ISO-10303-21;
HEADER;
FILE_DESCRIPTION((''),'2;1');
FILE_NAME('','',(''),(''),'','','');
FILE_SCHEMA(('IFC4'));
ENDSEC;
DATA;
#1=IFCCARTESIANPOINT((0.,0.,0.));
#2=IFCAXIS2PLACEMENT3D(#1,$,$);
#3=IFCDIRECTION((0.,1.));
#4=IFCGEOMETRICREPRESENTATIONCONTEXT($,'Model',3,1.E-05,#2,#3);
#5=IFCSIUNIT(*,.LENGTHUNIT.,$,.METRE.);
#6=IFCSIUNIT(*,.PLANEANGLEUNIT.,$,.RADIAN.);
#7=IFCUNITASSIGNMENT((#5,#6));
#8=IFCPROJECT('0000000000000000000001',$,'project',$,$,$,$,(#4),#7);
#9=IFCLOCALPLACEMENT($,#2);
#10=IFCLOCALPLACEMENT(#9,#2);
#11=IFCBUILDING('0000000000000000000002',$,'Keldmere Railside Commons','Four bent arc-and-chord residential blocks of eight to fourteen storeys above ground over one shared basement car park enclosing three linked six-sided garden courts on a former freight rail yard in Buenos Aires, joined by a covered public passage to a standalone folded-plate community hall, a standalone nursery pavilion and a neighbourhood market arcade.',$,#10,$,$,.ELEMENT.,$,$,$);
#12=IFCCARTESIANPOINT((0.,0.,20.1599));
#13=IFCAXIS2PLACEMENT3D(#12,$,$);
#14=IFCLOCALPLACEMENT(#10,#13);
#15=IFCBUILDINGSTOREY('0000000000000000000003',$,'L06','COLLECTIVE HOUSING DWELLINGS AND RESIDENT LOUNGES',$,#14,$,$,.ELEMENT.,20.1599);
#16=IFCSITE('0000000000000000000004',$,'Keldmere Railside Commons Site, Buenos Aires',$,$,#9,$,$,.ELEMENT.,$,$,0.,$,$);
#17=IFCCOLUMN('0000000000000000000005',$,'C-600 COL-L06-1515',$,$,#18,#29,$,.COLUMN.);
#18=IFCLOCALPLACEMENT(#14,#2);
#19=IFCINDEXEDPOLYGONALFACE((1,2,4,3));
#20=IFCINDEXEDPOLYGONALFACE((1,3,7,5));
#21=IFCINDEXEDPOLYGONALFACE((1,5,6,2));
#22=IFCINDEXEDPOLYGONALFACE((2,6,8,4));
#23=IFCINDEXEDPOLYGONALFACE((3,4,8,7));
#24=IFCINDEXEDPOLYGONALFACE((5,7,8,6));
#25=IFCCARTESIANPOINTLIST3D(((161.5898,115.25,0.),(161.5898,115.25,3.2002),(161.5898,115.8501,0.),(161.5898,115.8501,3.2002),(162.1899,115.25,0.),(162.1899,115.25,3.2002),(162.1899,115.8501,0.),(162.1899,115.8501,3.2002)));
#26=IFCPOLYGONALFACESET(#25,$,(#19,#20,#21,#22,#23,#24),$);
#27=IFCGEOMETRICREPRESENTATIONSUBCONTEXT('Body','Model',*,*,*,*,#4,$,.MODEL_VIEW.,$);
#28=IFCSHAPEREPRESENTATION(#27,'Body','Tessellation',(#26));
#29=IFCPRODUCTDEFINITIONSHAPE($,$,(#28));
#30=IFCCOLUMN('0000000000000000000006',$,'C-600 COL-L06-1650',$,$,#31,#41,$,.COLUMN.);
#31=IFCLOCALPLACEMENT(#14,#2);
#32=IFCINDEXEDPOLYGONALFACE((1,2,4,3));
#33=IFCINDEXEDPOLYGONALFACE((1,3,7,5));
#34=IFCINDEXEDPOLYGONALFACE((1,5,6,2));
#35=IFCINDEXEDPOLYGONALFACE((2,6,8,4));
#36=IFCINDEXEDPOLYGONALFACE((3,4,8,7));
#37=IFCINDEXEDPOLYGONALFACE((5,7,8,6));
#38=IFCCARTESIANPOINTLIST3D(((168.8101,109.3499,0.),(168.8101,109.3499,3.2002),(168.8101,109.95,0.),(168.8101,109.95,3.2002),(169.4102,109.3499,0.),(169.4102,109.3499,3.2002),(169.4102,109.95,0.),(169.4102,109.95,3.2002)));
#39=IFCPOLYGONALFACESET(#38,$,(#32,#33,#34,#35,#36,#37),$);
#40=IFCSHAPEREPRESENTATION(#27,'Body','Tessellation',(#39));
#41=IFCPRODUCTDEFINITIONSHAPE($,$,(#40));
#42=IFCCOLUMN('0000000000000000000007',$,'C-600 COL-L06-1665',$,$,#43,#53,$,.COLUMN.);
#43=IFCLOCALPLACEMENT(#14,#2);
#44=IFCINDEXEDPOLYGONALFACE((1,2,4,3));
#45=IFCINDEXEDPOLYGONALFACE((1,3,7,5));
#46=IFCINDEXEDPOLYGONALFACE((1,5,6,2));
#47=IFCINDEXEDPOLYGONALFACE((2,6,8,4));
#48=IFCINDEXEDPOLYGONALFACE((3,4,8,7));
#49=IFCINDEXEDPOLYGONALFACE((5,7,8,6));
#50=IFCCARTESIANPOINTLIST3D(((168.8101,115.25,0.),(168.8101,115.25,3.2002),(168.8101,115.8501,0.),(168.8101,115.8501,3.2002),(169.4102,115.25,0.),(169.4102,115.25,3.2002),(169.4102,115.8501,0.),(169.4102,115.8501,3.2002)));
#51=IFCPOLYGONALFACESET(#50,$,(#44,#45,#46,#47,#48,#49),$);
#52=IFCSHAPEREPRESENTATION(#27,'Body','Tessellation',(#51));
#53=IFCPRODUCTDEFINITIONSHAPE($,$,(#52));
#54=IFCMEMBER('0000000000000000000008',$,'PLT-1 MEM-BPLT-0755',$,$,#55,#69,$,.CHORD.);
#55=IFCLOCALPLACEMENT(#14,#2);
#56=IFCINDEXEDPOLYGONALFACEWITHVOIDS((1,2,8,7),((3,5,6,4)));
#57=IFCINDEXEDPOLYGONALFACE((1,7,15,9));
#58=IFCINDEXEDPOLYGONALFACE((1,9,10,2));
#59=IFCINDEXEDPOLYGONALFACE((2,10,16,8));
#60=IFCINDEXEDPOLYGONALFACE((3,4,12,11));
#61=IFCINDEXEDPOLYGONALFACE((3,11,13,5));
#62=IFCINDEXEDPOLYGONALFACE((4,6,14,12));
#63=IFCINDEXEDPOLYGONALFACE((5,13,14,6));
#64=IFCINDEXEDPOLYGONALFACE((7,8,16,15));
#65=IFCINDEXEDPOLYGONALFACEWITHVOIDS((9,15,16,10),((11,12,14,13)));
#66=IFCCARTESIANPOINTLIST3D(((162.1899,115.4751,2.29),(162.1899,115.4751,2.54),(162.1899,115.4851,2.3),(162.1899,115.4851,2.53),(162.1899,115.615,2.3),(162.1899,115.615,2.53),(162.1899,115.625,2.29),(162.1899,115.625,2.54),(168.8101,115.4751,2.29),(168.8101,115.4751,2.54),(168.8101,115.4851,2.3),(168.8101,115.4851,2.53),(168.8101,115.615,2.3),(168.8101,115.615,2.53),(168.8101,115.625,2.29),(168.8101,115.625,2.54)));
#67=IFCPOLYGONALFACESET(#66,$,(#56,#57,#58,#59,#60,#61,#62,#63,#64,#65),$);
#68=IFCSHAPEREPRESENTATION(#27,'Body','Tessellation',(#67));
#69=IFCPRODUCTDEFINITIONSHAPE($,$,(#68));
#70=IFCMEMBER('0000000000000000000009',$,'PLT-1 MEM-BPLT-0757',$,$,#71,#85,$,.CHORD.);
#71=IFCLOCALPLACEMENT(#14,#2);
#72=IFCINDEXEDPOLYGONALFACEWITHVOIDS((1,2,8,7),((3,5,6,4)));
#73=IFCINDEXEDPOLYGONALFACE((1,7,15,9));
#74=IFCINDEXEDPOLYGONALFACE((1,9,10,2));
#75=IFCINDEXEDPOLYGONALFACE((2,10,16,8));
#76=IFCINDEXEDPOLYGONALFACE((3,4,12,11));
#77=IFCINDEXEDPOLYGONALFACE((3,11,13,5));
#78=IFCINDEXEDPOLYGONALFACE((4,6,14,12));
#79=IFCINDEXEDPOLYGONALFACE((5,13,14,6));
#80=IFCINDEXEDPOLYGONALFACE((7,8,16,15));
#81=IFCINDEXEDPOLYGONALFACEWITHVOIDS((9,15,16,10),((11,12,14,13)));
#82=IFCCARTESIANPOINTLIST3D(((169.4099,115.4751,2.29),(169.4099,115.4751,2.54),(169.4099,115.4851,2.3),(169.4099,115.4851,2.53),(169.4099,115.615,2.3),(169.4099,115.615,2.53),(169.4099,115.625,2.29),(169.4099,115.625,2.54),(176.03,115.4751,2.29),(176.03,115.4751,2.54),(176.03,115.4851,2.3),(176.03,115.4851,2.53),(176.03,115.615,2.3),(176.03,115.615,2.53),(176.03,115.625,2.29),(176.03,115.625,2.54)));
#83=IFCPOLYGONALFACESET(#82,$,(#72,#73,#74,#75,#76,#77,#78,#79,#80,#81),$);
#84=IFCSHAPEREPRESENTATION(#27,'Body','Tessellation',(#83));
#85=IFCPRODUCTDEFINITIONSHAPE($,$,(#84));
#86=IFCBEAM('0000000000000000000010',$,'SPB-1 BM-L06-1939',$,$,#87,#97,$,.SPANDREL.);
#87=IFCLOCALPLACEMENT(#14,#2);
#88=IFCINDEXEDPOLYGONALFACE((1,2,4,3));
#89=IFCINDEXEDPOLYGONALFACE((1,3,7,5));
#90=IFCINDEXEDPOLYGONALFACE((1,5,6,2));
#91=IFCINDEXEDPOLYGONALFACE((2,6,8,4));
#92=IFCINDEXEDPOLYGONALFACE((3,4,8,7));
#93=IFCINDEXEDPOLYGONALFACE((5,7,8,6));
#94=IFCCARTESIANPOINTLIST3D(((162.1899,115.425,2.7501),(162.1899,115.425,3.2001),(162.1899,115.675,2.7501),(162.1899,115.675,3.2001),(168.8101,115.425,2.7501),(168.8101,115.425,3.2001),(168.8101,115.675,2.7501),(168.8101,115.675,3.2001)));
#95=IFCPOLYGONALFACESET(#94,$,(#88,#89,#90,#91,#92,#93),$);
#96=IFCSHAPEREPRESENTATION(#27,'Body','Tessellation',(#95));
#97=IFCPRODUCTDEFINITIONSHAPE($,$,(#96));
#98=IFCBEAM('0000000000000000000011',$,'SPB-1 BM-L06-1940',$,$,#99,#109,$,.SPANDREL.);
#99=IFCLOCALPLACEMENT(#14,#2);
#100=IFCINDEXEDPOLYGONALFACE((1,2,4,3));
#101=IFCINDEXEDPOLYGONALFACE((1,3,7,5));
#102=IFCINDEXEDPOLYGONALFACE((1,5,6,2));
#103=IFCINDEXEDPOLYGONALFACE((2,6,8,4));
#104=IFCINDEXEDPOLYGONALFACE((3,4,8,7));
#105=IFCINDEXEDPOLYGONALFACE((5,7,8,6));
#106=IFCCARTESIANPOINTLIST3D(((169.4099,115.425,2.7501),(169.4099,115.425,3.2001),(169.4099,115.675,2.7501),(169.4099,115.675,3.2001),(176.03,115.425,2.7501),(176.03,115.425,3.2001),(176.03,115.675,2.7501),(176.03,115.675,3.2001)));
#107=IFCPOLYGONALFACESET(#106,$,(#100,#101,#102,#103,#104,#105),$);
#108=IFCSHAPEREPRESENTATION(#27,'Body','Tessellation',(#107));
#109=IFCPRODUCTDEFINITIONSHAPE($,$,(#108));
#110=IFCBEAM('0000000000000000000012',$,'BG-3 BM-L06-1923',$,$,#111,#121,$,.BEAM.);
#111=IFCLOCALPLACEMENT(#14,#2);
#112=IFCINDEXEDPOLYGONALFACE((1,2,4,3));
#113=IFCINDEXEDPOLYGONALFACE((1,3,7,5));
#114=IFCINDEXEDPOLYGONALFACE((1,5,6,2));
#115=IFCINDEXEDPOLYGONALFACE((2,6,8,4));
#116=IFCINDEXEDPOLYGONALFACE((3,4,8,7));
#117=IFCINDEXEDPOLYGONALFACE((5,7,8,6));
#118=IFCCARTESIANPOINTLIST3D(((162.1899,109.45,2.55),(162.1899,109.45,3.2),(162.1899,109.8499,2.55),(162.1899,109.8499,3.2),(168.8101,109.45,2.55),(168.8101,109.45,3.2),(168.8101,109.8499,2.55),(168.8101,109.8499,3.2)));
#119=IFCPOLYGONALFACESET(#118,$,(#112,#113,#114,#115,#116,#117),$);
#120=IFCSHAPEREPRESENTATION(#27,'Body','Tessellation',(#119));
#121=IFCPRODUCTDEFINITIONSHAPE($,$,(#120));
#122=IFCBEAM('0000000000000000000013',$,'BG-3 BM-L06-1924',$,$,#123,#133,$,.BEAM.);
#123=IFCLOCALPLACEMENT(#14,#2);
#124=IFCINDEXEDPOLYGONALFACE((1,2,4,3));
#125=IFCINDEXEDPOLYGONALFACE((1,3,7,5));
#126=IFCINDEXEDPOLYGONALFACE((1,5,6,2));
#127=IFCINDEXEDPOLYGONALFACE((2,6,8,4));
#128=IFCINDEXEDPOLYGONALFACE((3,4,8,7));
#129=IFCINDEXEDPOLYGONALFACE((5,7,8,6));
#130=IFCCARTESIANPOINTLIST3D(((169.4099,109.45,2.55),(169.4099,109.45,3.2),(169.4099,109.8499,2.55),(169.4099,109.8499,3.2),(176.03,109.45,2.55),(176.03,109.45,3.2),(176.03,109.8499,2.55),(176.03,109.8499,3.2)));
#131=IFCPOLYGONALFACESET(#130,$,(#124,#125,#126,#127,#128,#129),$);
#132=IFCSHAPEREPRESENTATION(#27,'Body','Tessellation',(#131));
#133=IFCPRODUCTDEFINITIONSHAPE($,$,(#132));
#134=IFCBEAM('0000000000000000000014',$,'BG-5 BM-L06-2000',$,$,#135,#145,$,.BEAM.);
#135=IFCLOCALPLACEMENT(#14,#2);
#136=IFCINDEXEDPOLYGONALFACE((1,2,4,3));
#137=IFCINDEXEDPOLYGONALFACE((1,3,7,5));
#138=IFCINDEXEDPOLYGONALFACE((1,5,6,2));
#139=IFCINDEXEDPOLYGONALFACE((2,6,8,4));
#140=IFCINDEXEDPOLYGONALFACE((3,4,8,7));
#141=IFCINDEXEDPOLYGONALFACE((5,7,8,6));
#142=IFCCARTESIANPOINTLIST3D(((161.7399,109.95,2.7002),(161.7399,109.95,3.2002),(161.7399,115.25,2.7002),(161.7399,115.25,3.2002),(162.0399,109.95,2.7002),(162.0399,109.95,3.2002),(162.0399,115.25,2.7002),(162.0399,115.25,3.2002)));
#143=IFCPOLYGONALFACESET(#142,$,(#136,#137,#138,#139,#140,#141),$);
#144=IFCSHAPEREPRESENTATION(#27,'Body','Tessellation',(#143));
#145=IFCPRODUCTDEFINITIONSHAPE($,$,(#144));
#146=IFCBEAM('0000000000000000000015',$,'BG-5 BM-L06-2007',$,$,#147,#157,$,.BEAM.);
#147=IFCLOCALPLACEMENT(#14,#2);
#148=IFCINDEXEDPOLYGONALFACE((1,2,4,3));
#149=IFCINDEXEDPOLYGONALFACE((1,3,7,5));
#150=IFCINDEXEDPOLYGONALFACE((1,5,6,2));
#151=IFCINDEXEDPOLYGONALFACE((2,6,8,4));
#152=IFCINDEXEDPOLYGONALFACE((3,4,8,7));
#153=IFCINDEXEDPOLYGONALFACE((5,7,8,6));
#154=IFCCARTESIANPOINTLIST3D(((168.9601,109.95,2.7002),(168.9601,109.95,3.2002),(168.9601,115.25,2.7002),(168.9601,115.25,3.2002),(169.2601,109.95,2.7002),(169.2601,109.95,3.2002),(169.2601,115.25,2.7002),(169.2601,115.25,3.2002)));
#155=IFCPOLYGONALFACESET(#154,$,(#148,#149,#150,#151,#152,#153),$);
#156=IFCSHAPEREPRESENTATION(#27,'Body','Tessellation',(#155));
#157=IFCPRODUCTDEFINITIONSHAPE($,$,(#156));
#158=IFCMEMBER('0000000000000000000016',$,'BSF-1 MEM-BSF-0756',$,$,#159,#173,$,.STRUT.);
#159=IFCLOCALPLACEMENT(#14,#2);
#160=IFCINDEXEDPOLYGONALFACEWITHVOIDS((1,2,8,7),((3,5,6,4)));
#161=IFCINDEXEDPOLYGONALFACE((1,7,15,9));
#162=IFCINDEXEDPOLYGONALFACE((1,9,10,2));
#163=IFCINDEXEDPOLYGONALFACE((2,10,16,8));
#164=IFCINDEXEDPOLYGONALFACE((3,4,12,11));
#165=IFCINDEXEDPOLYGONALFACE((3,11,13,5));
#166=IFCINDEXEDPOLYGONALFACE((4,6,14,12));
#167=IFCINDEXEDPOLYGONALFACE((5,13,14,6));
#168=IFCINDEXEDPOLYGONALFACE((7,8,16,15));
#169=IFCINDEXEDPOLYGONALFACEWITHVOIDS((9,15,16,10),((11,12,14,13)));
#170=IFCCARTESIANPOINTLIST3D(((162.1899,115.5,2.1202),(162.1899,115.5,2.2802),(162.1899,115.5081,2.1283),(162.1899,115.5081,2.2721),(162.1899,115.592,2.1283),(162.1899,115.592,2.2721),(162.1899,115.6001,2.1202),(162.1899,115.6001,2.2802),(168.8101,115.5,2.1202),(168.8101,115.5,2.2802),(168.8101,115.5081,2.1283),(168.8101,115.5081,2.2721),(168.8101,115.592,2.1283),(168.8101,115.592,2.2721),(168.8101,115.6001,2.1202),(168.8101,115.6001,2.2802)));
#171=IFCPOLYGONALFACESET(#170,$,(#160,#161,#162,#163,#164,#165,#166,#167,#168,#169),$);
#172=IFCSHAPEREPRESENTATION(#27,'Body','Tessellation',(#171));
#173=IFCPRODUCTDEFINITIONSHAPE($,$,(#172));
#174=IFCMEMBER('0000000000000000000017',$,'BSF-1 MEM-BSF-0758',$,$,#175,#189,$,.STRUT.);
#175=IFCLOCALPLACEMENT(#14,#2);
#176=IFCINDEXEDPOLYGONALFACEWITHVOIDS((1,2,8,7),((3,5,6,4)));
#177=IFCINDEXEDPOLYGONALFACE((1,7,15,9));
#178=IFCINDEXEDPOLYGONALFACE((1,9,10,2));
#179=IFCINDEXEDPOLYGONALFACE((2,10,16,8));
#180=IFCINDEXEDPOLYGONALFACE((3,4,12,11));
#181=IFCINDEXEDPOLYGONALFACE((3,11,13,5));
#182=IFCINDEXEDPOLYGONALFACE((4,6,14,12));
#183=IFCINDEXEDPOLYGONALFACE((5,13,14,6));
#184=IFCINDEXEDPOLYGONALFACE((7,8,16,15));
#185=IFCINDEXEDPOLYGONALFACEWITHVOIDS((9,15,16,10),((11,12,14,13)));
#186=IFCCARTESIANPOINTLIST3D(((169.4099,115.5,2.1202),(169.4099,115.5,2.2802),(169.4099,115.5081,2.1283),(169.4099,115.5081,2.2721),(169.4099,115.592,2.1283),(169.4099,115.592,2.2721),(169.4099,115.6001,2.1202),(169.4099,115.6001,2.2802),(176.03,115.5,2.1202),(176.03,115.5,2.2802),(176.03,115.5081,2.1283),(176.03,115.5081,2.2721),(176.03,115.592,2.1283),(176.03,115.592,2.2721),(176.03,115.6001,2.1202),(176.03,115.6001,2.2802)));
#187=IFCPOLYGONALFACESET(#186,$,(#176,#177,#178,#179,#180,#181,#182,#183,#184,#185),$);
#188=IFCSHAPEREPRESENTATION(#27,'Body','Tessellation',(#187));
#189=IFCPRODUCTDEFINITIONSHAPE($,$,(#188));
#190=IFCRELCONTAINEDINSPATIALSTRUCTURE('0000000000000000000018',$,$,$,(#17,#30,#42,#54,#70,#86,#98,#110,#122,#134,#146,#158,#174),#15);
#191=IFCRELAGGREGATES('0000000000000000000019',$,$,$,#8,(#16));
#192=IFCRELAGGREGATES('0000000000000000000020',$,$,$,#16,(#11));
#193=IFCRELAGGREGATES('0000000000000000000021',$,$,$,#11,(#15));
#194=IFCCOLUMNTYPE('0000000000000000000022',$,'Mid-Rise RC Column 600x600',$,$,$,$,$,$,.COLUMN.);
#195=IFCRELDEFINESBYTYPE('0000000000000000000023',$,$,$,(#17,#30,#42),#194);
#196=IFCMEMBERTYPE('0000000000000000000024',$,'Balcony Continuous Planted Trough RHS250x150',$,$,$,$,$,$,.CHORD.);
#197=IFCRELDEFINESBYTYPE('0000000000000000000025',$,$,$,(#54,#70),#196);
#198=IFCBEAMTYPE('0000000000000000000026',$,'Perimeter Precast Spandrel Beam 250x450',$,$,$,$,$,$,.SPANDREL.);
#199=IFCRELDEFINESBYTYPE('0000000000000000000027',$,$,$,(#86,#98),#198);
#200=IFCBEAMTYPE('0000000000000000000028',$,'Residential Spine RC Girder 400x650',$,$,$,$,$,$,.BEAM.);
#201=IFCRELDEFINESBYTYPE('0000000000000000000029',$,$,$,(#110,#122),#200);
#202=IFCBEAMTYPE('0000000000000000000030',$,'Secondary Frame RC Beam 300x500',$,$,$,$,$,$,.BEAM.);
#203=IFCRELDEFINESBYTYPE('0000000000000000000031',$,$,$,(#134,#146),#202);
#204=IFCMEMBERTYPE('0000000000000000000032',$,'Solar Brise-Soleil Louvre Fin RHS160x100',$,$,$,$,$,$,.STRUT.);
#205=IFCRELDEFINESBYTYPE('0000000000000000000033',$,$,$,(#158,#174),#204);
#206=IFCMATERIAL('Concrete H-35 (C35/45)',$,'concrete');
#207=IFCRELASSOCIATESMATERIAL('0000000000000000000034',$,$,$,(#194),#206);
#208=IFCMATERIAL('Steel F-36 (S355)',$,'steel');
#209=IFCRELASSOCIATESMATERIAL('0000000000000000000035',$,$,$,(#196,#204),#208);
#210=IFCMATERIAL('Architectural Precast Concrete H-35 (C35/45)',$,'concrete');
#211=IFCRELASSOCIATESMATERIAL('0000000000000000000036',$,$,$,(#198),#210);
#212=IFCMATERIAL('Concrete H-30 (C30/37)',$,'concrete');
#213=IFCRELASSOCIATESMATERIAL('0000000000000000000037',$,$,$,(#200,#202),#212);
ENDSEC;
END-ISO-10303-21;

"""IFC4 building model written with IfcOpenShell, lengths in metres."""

from ifc_helpers import new_model, si_unit, direction, frame, origin, origin_2d, place, context, subcontext, project, spatial, rectangle, hollow_rectangle, extrude, material, material_profile, profile_set, type_object, element, save


model = new_model("IFC4")

# Units and contexts
model_context = context("Model", 3, precision=1e-05, world=origin(), true_north=direction((0.0, 1.0)))
body_context = subcontext(model_context, "Body", "Model", "MODEL_VIEW")
ifc_project = project(units=[si_unit("LENGTHUNIT", "METRE"), si_unit("PLANEANGLEUNIT", "RADIAN")], contexts=[model_context])

# Site, building, storey
site_placement = place(None, origin())
site = spatial("IfcSite", under=ifc_project, at=site_placement, Name="Keldmere Railside Commons Site, Buenos Aires", CompositionType="ELEMENT", RefElevation=0.0)
building_placement = place(site_placement, origin())
building = spatial("IfcBuilding", under=site, at=building_placement, Name="Keldmere Railside Commons", Description="Four bent arc-and-chord residential blocks of eight to fourteen storeys above ground over one shared basement car park enclosing three linked six-sided garden courts on a former freight rail yard in Buenos Aires, joined by a covered public passage to a standalone folded-plate community hall, a standalone nursery pavilion and a neighbourhood market arcade.", CompositionType="ELEMENT")
storey_placement = place(building_placement, frame((0.0, 0.0, 20.1599)))
storey = spatial("IfcBuildingStorey", under=building, at=storey_placement, Name="L06", Description="COLLECTIVE HOUSING DWELLINGS AND RESIDENT LOUNGES", CompositionType="ELEMENT", Elevation=20.1599)

# Columns
ifc_material_1 = material(Name="Concrete H-35 (C35/45)", Category="concrete")
ifc_material_profile_1 = material_profile(ifc_material_1, rectangle(XDim=0.6001, YDim=0.6001, at=origin_2d()), Name="RC-600x600")
ifc_profile_set_1 = profile_set([ifc_material_profile_1], Name="Concrete H-35 (C35/45)")
column_type = type_object("IfcColumnType", Name="Mid-Rise RC Column 600x600", PredefinedType="COLUMN", material=ifc_profile_set_1)
for number, where, z_axis, x_axis, name in (
    (1, (161.8899, 115.55, 0.0), (0.0, 0.0, 1.0), (1.0, 0.0, 0.0), "C-600 COL-L06-1515"),
    (2, (169.1101, 109.6499, 0.0), (0.0, 0.0, 1.0), (1.0, 0.0, 0.0), "C-600 COL-L06-1650"),
    (3, (169.1101, 115.55, 0.0), (0.0, 0.0, 1.0), (1.0, 0.0, 0.0), "C-600 COL-L06-1665"),
):
    element("IfcColumn", number, at=place(storey_placement, frame(where, z_axis=z_axis, x_axis=x_axis)), inside=storey, type_object=column_type, Name=name, PredefinedType="COLUMN", context=body_context, shape_type="SweptSolid", body=[
        extrude(rectangle(XDim=0.6001, YDim=0.6001, at=origin_2d()), origin(), (0.0, 0.0, 1.0), 3.2002),
    ])

# Members
ifc_material_2 = material(Name="Steel F-36 (S355)", Category="steel")
ifc_material_profile_2 = material_profile(ifc_material_2, hollow_rectangle(XDim=0.1499, YDim=0.25, WallThickness=0.01, at=origin_2d()), Name="RHS-250x150x10")
ifc_profile_set_2 = profile_set([ifc_material_profile_2], Name="Steel F-36 (S355)")
member_type_1 = type_object("IfcMemberType", Name="Balcony Continuous Planted Trough RHS250x150", PredefinedType="CHORD", material=ifc_profile_set_2)
for number, where, z_axis, x_axis, name in (
    (4, (162.1899, 115.55, 2.415), (1.0, 0.0, 0.0), (0.0, 1.0, 0.0), "PLT-1 MEM-BPLT-0755"),
    (5, (169.4099, 115.55, 2.415), (1.0, 0.0, 0.0), (0.0, 1.0, 0.0), "PLT-1 MEM-BPLT-0757"),
):
    element("IfcMember", number, at=place(storey_placement, frame(where, z_axis=z_axis, x_axis=x_axis)), inside=storey, type_object=member_type_1, Name=name, PredefinedType="CHORD", context=body_context, shape_type="SweptSolid", body=[
        extrude(hollow_rectangle(XDim=0.1499, YDim=0.25, WallThickness=0.01, at=origin_2d()), origin(), (0.0, 0.0, 1.0), 6.6201),
    ])

# Beams
ifc_material_3 = material(Name="Architectural Precast Concrete H-35 (C35/45)", Category="concrete")
ifc_material_profile_3 = material_profile(ifc_material_3, rectangle(XDim=0.25, YDim=0.45, at=origin_2d()), Name="RC-250x450")
ifc_profile_set_3 = profile_set([ifc_material_profile_3], Name="Architectural Precast Concrete H-35 (C35/45)")
beam_type_1 = type_object("IfcBeamType", Name="Perimeter Precast Spandrel Beam 250x450", PredefinedType="SPANDREL", material=ifc_profile_set_3)
for number, where, z_axis, x_axis, name in (
    (6, (162.1899, 115.55, 2.9751), (1.0, 0.0, 0.0), (0.0, 1.0, 0.0), "SPB-1 BM-L06-1939"),
    (7, (169.4099, 115.55, 2.9751), (1.0, 0.0, 0.0), (0.0, 1.0, 0.0), "SPB-1 BM-L06-1940"),
):
    element("IfcBeam", number, at=place(storey_placement, frame(where, z_axis=z_axis, x_axis=x_axis)), inside=storey, type_object=beam_type_1, Name=name, PredefinedType="SPANDREL", context=body_context, shape_type="SweptSolid", body=[
        extrude(rectangle(XDim=0.25, YDim=0.45, at=origin_2d()), origin(), (0.0, 0.0, 1.0), 6.6201),
    ])
ifc_material_4 = material(Name="Concrete H-30 (C30/37)", Category="concrete")
ifc_material_profile_4 = material_profile(ifc_material_4, rectangle(XDim=0.3999, YDim=0.6499, at=origin_2d()), Name="RC-400x650")
ifc_profile_set_4 = profile_set([ifc_material_profile_4], Name="Concrete H-30 (C30/37)")
beam_type_2 = type_object("IfcBeamType", Name="Residential Spine RC Girder 400x650", PredefinedType="BEAM", material=ifc_profile_set_4)
for number, where, z_axis, x_axis, name in (
    (8, (162.1899, 109.6499, 2.875), (1.0, 0.0, 0.0), (0.0, 1.0, 0.0), "BG-3 BM-L06-1923"),
    (9, (169.4099, 109.6499, 2.875), (1.0, 0.0, 0.0), (0.0, 1.0, 0.0), "BG-3 BM-L06-1924"),
):
    element("IfcBeam", number, at=place(storey_placement, frame(where, z_axis=z_axis, x_axis=x_axis)), inside=storey, type_object=beam_type_2, Name=name, PredefinedType="BEAM", context=body_context, shape_type="SweptSolid", body=[
        extrude(rectangle(XDim=0.3999, YDim=0.6499, at=origin_2d()), origin(), (0.0, 0.0, 1.0), 6.6201),
    ])
ifc_material_profile_5 = material_profile(ifc_material_4, rectangle(XDim=0.3, YDim=0.5, at=origin_2d()), Name="RC-300x500")
ifc_profile_set_5 = profile_set([ifc_material_profile_5], Name="Concrete H-30 (C30/37)")
beam_type_3 = type_object("IfcBeamType", Name="Secondary Frame RC Beam 300x500", PredefinedType="BEAM", material=ifc_profile_set_5)
for number, where, z_axis, x_axis, name in (
    (10, (161.8899, 109.95, 2.9502), (0.0, 1.0, 0.0), (-1.0, 0.0, 0.0), "BG-5 BM-L06-2000"),
    (11, (169.1101, 109.95, 2.9502), (0.0, 1.0, 0.0), (-1.0, 0.0, 0.0), "BG-5 BM-L06-2007"),
):
    element("IfcBeam", number, at=place(storey_placement, frame(where, z_axis=z_axis, x_axis=x_axis)), inside=storey, type_object=beam_type_3, Name=name, PredefinedType="BEAM", context=body_context, shape_type="SweptSolid", body=[
        extrude(rectangle(XDim=0.3, YDim=0.5, at=origin_2d()), origin(), (0.0, 0.0, 1.0), 5.3),
    ])

# Members
ifc_material_profile_6 = material_profile(ifc_material_2, hollow_rectangle(XDim=0.1001, YDim=0.1599, WallThickness=0.0081, at=origin_2d()), Name="RHS-160x100x8")
ifc_profile_set_6 = profile_set([ifc_material_profile_6], Name="Steel F-36 (S355)")
member_type_2 = type_object("IfcMemberType", Name="Solar Brise-Soleil Louvre Fin RHS160x100", PredefinedType="STRUT", material=ifc_profile_set_6)
for number, where, z_axis, x_axis, name in (
    (12, (162.1899, 115.55, 2.2002), (1.0, 0.0, 0.0), (0.0, 1.0, 0.0), "BSF-1 MEM-BSF-0756"),
    (13, (169.4099, 115.55, 2.2002), (1.0, 0.0, 0.0), (0.0, 1.0, 0.0), "BSF-1 MEM-BSF-0758"),
):
    element("IfcMember", number, at=place(storey_placement, frame(where, z_axis=z_axis, x_axis=x_axis)), inside=storey, type_object=member_type_2, Name=name, PredefinedType="STRUT", context=body_context, shape_type="SweptSolid", body=[
        extrude(hollow_rectangle(XDim=0.1001, YDim=0.1599, WallThickness=0.0081, at=origin_2d()), origin(), (0.0, 0.0, 1.0), 6.6201),
    ])

save(model, "model.ifc")
